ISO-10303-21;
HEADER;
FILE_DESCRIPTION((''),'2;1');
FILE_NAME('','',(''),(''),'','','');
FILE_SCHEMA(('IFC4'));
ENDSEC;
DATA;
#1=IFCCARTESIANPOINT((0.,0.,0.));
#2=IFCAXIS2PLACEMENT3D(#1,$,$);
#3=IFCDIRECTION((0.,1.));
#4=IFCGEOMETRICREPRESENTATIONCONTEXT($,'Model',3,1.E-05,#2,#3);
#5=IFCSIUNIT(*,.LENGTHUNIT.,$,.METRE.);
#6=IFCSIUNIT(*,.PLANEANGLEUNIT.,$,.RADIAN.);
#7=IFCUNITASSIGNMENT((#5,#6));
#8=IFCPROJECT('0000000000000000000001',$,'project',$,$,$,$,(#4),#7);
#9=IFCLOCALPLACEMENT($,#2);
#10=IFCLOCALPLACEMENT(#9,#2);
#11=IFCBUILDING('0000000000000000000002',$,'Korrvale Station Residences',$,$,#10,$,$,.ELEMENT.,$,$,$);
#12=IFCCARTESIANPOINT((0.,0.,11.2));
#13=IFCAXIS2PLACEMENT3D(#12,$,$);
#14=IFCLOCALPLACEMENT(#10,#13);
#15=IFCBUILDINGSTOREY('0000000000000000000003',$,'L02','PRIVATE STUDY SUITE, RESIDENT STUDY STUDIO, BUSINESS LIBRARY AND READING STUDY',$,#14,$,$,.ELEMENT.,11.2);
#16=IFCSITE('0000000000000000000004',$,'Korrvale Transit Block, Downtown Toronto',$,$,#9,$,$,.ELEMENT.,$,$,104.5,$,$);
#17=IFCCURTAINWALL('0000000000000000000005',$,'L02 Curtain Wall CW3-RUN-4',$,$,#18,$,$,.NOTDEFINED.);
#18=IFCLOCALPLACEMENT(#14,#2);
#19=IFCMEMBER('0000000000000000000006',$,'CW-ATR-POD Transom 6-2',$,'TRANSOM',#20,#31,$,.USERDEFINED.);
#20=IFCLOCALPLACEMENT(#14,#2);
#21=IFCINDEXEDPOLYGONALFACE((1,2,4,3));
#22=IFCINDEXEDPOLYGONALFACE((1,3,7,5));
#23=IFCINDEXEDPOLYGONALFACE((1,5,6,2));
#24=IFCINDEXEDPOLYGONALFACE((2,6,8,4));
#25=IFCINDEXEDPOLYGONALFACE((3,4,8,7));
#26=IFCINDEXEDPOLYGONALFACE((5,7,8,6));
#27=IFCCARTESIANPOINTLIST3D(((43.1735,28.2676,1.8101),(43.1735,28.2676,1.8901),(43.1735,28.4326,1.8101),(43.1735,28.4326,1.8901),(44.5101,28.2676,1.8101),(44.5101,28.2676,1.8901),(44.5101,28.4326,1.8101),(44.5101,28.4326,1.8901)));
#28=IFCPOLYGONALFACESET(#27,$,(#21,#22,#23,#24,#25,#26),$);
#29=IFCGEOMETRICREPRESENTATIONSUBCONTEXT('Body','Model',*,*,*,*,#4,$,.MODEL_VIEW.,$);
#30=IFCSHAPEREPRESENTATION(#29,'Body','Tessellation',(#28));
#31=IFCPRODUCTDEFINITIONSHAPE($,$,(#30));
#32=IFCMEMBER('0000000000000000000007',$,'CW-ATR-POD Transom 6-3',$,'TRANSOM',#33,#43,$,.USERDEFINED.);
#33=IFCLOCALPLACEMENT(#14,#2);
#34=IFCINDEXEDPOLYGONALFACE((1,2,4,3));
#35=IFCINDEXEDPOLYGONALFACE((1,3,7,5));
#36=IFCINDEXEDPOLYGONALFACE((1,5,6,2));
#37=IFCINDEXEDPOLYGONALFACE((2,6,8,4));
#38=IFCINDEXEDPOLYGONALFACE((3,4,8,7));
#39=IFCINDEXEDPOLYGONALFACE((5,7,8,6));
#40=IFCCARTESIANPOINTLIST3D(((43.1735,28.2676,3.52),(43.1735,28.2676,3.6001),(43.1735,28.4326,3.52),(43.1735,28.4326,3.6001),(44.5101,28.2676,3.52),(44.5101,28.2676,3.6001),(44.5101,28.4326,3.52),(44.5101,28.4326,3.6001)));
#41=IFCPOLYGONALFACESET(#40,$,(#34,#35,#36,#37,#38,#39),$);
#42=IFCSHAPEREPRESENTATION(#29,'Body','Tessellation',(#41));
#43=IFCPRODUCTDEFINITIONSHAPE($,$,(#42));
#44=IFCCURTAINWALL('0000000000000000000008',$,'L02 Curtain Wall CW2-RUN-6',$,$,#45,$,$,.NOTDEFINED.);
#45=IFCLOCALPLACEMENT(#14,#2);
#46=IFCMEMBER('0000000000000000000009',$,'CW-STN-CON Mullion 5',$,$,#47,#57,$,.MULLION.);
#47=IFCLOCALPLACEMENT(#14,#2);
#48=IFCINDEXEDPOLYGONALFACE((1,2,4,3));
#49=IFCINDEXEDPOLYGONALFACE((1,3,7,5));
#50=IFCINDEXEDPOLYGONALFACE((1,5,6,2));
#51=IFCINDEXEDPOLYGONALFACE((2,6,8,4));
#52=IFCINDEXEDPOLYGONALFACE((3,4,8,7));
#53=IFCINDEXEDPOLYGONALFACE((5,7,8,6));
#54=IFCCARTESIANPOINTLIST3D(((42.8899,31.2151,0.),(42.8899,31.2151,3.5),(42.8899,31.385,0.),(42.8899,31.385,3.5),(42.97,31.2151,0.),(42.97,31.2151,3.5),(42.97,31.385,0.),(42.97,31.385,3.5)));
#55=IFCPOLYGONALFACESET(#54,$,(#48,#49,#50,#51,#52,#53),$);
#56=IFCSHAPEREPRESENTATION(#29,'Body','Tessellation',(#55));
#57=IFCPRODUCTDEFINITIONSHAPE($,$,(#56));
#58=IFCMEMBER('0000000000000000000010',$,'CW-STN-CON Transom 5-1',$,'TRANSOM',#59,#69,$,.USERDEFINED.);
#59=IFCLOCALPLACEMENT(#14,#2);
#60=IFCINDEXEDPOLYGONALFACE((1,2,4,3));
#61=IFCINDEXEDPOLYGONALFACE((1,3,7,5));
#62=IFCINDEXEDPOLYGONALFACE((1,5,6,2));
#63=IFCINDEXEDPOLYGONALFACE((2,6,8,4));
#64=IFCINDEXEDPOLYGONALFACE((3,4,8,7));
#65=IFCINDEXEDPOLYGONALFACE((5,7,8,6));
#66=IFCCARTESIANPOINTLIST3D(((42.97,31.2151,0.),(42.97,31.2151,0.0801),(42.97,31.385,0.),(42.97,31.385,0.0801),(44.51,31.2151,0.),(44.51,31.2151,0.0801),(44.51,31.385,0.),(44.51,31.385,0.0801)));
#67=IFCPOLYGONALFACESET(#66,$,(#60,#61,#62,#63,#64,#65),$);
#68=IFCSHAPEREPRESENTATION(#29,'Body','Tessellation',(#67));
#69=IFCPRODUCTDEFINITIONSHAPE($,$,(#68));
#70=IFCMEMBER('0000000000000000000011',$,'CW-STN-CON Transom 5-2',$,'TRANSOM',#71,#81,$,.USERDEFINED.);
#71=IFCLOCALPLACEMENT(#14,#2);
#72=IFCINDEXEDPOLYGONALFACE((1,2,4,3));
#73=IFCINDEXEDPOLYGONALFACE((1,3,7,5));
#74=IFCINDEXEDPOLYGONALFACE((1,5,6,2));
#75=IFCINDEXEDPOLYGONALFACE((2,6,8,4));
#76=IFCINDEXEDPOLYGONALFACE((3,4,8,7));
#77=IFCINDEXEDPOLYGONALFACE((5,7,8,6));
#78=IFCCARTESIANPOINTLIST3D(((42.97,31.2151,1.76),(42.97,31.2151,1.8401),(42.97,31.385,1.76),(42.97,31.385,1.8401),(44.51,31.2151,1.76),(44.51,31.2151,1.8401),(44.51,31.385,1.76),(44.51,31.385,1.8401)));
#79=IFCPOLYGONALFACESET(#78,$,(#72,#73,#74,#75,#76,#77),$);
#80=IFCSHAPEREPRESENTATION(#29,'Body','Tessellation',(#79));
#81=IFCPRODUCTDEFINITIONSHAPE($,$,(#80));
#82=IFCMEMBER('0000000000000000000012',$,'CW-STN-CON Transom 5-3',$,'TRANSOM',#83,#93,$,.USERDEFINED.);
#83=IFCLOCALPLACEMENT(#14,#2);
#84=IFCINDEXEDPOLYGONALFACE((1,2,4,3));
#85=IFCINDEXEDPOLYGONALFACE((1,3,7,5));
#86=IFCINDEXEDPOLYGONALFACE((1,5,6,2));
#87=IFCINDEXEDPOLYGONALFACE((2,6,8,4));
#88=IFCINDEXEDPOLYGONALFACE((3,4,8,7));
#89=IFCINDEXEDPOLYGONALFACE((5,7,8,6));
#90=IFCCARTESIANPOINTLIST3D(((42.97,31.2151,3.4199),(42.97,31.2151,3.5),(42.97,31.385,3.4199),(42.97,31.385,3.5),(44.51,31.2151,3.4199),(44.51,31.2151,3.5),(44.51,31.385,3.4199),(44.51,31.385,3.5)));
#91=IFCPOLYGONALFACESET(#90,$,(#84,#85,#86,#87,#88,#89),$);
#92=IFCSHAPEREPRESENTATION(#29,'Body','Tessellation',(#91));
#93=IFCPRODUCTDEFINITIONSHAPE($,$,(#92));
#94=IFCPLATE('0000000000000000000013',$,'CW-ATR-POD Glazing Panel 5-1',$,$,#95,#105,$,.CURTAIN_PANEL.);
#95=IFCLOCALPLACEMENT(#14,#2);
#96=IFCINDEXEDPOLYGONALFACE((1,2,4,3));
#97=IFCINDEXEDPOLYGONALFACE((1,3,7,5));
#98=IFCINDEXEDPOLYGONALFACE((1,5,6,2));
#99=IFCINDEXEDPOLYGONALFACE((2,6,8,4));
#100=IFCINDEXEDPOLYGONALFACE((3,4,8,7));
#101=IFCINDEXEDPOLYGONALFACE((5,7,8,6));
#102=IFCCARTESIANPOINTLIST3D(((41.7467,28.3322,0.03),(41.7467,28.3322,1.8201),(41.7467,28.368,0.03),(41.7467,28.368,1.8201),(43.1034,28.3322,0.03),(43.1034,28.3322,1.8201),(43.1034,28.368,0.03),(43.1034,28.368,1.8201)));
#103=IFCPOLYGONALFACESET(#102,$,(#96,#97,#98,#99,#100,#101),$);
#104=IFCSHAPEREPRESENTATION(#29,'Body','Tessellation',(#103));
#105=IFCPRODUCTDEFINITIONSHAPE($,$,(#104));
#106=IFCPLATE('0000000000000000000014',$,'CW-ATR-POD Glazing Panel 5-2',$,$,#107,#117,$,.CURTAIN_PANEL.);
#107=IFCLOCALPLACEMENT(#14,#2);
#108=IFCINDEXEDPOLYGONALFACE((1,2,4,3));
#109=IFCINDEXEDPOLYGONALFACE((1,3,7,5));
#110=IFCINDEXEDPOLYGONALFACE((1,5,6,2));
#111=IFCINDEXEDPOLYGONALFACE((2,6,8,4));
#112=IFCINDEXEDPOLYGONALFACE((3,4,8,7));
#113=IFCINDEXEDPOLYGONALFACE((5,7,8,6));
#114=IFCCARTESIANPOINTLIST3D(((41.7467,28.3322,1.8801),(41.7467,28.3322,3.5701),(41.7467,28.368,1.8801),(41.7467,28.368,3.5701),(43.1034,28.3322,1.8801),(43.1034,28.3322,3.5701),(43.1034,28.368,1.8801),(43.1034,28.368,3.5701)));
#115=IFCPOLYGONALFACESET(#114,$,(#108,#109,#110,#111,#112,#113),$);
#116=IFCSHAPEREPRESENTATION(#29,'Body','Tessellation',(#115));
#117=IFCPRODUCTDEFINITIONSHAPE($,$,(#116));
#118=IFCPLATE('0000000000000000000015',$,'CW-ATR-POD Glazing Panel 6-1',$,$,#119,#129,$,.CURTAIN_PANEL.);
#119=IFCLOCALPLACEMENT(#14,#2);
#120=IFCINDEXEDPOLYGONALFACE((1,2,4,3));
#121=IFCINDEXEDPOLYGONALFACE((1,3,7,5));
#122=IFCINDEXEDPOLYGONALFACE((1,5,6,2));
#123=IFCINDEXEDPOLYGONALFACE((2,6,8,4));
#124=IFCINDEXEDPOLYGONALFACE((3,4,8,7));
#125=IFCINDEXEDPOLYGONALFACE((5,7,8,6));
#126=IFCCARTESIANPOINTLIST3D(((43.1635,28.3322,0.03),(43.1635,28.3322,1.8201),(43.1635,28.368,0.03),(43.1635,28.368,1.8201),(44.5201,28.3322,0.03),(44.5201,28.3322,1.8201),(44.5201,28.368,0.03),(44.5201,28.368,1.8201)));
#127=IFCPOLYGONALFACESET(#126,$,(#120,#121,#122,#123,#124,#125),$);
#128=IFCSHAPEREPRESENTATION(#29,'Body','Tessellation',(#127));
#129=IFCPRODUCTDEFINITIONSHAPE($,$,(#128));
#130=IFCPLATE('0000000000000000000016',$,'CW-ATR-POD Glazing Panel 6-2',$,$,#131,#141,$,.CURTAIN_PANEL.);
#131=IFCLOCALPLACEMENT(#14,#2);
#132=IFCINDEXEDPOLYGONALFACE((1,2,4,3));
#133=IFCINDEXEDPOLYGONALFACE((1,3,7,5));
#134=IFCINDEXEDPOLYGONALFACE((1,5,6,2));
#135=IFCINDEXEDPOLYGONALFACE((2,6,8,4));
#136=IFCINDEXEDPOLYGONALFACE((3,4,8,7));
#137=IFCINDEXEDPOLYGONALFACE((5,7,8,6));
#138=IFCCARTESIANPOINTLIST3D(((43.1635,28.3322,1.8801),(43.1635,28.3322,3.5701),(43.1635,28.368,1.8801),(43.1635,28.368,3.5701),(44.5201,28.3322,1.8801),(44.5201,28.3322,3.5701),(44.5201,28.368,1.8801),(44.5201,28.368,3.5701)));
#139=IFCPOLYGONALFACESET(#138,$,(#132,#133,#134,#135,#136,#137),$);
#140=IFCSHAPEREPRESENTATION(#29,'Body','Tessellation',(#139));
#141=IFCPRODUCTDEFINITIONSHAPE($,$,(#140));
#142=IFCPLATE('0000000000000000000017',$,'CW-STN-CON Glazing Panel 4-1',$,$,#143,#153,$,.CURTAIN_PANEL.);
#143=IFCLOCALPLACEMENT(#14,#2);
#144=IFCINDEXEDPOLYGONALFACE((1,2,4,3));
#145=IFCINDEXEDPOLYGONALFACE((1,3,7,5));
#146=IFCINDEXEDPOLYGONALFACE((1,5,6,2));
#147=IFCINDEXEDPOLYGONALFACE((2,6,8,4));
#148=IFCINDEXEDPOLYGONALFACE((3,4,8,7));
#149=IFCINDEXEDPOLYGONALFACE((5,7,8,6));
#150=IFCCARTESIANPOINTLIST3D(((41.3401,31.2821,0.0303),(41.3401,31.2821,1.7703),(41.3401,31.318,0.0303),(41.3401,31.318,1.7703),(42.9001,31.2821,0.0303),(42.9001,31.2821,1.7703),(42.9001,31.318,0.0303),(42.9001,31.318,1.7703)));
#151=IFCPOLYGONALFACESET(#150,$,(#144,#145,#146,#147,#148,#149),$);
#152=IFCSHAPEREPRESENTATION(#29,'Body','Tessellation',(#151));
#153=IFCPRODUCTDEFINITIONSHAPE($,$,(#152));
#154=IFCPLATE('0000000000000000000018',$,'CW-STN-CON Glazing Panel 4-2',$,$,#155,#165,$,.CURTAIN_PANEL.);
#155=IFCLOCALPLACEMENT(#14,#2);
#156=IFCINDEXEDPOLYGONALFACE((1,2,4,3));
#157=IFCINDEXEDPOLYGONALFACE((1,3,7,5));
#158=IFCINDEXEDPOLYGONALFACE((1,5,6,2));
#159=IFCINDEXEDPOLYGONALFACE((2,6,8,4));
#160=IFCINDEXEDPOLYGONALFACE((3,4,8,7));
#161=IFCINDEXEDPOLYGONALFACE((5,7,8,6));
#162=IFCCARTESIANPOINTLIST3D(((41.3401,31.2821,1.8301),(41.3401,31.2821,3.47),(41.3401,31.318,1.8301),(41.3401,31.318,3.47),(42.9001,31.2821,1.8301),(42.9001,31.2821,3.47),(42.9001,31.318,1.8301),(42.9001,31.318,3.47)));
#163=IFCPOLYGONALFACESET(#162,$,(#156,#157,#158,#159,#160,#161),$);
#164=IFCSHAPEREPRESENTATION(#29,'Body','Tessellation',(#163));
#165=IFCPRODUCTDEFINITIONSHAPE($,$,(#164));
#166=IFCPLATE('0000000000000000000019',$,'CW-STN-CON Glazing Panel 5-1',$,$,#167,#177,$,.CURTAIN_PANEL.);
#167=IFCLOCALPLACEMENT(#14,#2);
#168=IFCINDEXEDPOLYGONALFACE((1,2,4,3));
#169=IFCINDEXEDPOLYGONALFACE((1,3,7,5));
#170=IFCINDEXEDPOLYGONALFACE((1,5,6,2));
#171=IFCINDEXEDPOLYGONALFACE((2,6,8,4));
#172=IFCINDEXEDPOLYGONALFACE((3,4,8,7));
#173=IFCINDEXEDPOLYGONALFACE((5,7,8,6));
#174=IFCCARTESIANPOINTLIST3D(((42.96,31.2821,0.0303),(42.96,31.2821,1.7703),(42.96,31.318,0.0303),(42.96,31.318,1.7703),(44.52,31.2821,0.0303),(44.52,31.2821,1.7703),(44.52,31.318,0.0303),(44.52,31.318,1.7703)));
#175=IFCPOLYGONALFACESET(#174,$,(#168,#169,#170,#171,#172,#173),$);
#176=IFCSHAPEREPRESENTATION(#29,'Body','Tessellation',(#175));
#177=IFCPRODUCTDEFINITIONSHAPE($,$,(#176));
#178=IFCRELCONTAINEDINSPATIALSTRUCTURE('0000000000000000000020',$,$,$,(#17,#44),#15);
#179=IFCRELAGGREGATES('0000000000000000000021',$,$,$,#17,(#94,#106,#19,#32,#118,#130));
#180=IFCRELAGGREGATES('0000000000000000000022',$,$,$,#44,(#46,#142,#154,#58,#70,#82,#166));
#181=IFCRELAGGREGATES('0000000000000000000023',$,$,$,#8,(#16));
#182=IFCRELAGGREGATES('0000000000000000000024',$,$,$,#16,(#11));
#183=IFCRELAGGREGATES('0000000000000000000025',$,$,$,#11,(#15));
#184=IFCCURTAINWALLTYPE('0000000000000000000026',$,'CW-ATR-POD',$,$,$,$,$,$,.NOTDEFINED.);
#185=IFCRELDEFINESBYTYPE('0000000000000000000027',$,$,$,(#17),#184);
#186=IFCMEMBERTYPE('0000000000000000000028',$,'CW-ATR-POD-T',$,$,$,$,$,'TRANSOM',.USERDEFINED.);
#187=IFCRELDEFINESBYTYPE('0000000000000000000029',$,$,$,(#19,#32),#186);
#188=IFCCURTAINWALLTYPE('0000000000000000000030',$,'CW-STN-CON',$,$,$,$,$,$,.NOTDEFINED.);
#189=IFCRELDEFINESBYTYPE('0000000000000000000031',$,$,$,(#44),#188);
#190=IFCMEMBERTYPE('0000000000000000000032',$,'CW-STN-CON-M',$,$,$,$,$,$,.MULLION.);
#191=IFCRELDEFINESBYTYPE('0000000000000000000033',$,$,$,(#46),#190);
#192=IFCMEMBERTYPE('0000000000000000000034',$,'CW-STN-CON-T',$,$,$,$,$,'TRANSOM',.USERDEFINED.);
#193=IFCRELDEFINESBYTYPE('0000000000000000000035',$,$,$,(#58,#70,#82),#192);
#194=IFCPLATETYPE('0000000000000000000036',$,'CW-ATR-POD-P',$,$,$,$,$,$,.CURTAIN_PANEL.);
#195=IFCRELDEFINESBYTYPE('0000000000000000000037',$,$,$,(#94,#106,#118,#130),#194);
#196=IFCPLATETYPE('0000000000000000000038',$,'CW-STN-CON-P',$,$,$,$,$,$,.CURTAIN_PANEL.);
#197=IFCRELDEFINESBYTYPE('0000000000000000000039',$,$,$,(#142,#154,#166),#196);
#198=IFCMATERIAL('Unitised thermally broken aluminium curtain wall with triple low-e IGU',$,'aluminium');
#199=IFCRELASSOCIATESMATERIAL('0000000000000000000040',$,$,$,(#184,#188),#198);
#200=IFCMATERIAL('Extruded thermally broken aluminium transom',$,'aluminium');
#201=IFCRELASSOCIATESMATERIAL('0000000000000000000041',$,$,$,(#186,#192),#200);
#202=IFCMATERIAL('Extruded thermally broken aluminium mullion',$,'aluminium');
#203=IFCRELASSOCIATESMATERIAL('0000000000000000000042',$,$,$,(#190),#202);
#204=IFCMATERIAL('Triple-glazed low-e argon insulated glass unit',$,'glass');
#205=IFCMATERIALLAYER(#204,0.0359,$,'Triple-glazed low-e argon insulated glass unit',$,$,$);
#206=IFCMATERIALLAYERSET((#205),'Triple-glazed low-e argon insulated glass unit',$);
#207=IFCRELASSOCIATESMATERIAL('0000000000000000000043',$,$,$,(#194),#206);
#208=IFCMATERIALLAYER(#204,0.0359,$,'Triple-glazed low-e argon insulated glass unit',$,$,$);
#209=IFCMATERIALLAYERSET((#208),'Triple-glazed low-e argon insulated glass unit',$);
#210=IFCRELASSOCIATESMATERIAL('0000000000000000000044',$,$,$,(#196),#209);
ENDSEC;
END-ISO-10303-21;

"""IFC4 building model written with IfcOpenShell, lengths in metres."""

from ifc_helpers import new_model, si_unit, direction, frame, origin, origin_2d, place, context, subcontext, project, spatial, rectangle, extrude, material, layer, layer_set, type_object, element, aggregate, save


model = new_model("IFC4")

# Units and contexts
model_context = context("Model", 3, precision=1e-05, world=origin(), true_north=direction((0.0, 1.0)))
body_context = subcontext(model_context, "Body", "Model", "MODEL_VIEW")
ifc_project = project(units=[si_unit("LENGTHUNIT", "METRE"), si_unit("PLANEANGLEUNIT", "RADIAN")], contexts=[model_context])

# Site, building, storey
site_placement = place(None, origin())
site = spatial("IfcSite", under=ifc_project, at=site_placement, Name="Korrvale Transit Block, Downtown Toronto", CompositionType="ELEMENT", RefElevation=104.5)
building_placement = place(site_placement, origin())
building = spatial("IfcBuilding", under=site, at=building_placement, Name="Korrvale Station Residences", CompositionType="ELEMENT")
storey_placement = place(building_placement, frame((0.0, 0.0, 11.2)))
storey = spatial("IfcBuildingStorey", under=building, at=storey_placement, Name="L02", Description="PRIVATE STUDY SUITE, RESIDENT STUDY STUDIO, BUSINESS LIBRARY AND READING STUDY", CompositionType="ELEMENT", Elevation=11.2)

# Curtain walls, members
ifc_material_1 = material(Name="Unitised thermally broken aluminium curtain wall with triple low-e IGU", Category="aluminium")
curtain_wall_type_1 = type_object("IfcCurtainWallType", Name="CW-ATR-POD", PredefinedType="NOTDEFINED", material=ifc_material_1)
curtain_wall_1_placement = place(storey_placement, origin())
curtain_wall_1 = element("IfcCurtainWall", 1, at=curtain_wall_1_placement, inside=storey, type_object=curtain_wall_type_1, Name="L02 Curtain Wall CW3-RUN-4", PredefinedType="NOTDEFINED")
ifc_material_2 = material(Name="Extruded thermally broken aluminium mullion", Category="aluminium")
ifc_material_3 = material(Name="Extruded thermally broken aluminium transom", Category="aluminium")
member_type_1 = type_object("IfcMemberType", Name="CW-ATR-POD-T", ElementType="TRANSOM", PredefinedType="USERDEFINED", material=ifc_material_3)
member_1_placement = place(storey_placement, frame((43.8418, 28.3501, 1.8101), z_axis=(0.0, 0.0, 1.0), x_axis=(1.0, 0.0, 0.0)))
member_1 = element("IfcMember", 2, at=member_1_placement, type_object=member_type_1, Name="CW-ATR-POD Transom 6-2", ObjectType="TRANSOM", PredefinedType="USERDEFINED", context=body_context, shape_type="SweptSolid", body=[
    extrude(rectangle(XDim=1.3367, YDim=0.165, at=origin_2d()), origin(), (0.0, 0.0, 1.0), 0.0801),
])
member_2_placement = place(storey_placement, frame((43.8418, 28.3501, 3.52), z_axis=(0.0, 0.0, 1.0), x_axis=(1.0, 0.0, 0.0)))
member_2 = element("IfcMember", 3, at=member_2_placement, type_object=member_type_1, Name="CW-ATR-POD Transom 6-3", ObjectType="TRANSOM", PredefinedType="USERDEFINED", context=body_context, shape_type="SweptSolid", body=[
    extrude(rectangle(XDim=1.3367, YDim=0.165, at=origin_2d()), origin(), (0.0, 0.0, 1.0), 0.0801),
])
curtain_wall_type_2 = type_object("IfcCurtainWallType", Name="CW-STN-CON", PredefinedType="NOTDEFINED", material=ifc_material_1)
curtain_wall_2_placement = place(storey_placement, origin())
curtain_wall_2 = element("IfcCurtainWall", 4, at=curtain_wall_2_placement, inside=storey, type_object=curtain_wall_type_2, Name="L02 Curtain Wall CW2-RUN-6", PredefinedType="NOTDEFINED")
member_type_2 = type_object("IfcMemberType", Name="CW-STN-CON-M", PredefinedType="MULLION", material=ifc_material_2)
member_3_placement = place(storey_placement, frame((42.9299, 31.3, 0.0), z_axis=(0.0, 0.0, 1.0), x_axis=(1.0, 0.0, 0.0)))
member_3 = element("IfcMember", 5, at=member_3_placement, type_object=member_type_2, Name="CW-STN-CON Mullion 5", PredefinedType="MULLION", context=body_context, shape_type="SweptSolid", body=[
    extrude(rectangle(XDim=0.0801, YDim=0.1699, at=origin_2d()), origin(), (0.0, 0.0, 1.0), 3.5),
])
member_type_3 = type_object("IfcMemberType", Name="CW-STN-CON-T", ElementType="TRANSOM", PredefinedType="USERDEFINED", material=ifc_material_3)
member_4_placement = place(storey_placement, frame((43.74, 31.3, 0.0), z_axis=(0.0, 0.0, 1.0), x_axis=(1.0, 0.0, 0.0)))
member_4 = element("IfcMember", 6, at=member_4_placement, type_object=member_type_3, Name="CW-STN-CON Transom 5-1", ObjectType="TRANSOM", PredefinedType="USERDEFINED", context=body_context, shape_type="SweptSolid", body=[
    extrude(rectangle(XDim=1.54, YDim=0.1699, at=origin_2d()), origin(), (0.0, 0.0, 1.0), 0.0801),
])
member_5_placement = place(storey_placement, frame((43.74, 31.3, 1.76), z_axis=(0.0, 0.0, 1.0), x_axis=(1.0, 0.0, 0.0)))
member_5 = element("IfcMember", 7, at=member_5_placement, type_object=member_type_3, Name="CW-STN-CON Transom 5-2", ObjectType="TRANSOM", PredefinedType="USERDEFINED", context=body_context, shape_type="SweptSolid", body=[
    extrude(rectangle(XDim=1.54, YDim=0.1699, at=origin_2d()), origin(), (0.0, 0.0, 1.0), 0.0801),
])
member_6_placement = place(storey_placement, frame((43.74, 31.3, 3.4199), z_axis=(0.0, 0.0, 1.0), x_axis=(1.0, 0.0, 0.0)))
member_6 = element("IfcMember", 8, at=member_6_placement, type_object=member_type_3, Name="CW-STN-CON Transom 5-3", ObjectType="TRANSOM", PredefinedType="USERDEFINED", context=body_context, shape_type="SweptSolid", body=[
    extrude(rectangle(XDim=1.54, YDim=0.1699, at=origin_2d()), origin(), (0.0, 0.0, 1.0), 0.0801),
])

# Plates
ifc_material_4 = material(Name="Triple-glazed low-e argon insulated glass unit", Category="glass")
ifc_layer_1 = layer(ifc_material_4, 0.0359, Name="Triple-glazed low-e argon insulated glass unit")
ifc_layer_set_1 = layer_set([ifc_layer_1], Name="Triple-glazed low-e argon insulated glass unit")
plate_type_1 = type_object("IfcPlateType", Name="CW-ATR-POD-P", PredefinedType="CURTAIN_PANEL", material=ifc_layer_set_1)
plate_1_placement = place(storey_placement, frame((42.425, 28.3501, 0.03), z_axis=(0.0, 0.0, 1.0), x_axis=(1.0, 0.0, 0.0)))
plate_1 = element("IfcPlate", 9, at=plate_1_placement, type_object=plate_type_1, Name="CW-ATR-POD Glazing Panel 5-1", PredefinedType="CURTAIN_PANEL", context=body_context, shape_type="SweptSolid", body=[
    extrude(rectangle(XDim=1.3567, YDim=0.0359, at=origin_2d()), origin(), (0.0, 0.0, 1.0), 1.79),
])
plate_2_placement = place(storey_placement, frame((42.425, 28.3501, 1.8801), z_axis=(0.0, 0.0, 1.0), x_axis=(1.0, 0.0, 0.0)))
plate_2 = element("IfcPlate", 10, at=plate_2_placement, type_object=plate_type_1, Name="CW-ATR-POD Glazing Panel 5-2", PredefinedType="CURTAIN_PANEL", context=body_context, shape_type="SweptSolid", body=[
    extrude(rectangle(XDim=1.3567, YDim=0.0359, at=origin_2d()), origin(), (0.0, 0.0, 1.0), 1.6899),
])
plate_3_placement = place(storey_placement, frame((43.8418, 28.3501, 0.03), z_axis=(0.0, 0.0, 1.0), x_axis=(1.0, 0.0, 0.0)))
plate_3 = element("IfcPlate", 11, at=plate_3_placement, type_object=plate_type_1, Name="CW-ATR-POD Glazing Panel 6-1", PredefinedType="CURTAIN_PANEL", context=body_context, shape_type="SweptSolid", body=[
    extrude(rectangle(XDim=1.3567, YDim=0.0359, at=origin_2d()), origin(), (0.0, 0.0, 1.0), 1.79),
])
plate_4_placement = place(storey_placement, frame((43.8418, 28.3501, 1.8801), z_axis=(0.0, 0.0, 1.0), x_axis=(1.0, 0.0, 0.0)))
plate_4 = element("IfcPlate", 12, at=plate_4_placement, type_object=plate_type_1, Name="CW-ATR-POD Glazing Panel 6-2", PredefinedType="CURTAIN_PANEL", context=body_context, shape_type="SweptSolid", body=[
    extrude(rectangle(XDim=1.3567, YDim=0.0359, at=origin_2d()), origin(), (0.0, 0.0, 1.0), 1.6899),
])
aggregate(curtain_wall_1, [plate_1, plate_2, member_1, member_2, plate_3, plate_4])
ifc_layer_2 = layer(ifc_material_4, 0.0359, Name="Triple-glazed low-e argon insulated glass unit")
ifc_layer_set_2 = layer_set([ifc_layer_2], Name="Triple-glazed low-e argon insulated glass unit")
plate_type_2 = type_object("IfcPlateType", Name="CW-STN-CON-P", PredefinedType="CURTAIN_PANEL", material=ifc_layer_set_2)
plate_5_placement = place(storey_placement, frame((42.1201, 31.3, 0.0303), z_axis=(0.0, 0.0, 1.0), x_axis=(1.0, 0.0, 0.0)))
plate_5 = element("IfcPlate", 13, at=plate_5_placement, type_object=plate_type_2, Name="CW-STN-CON Glazing Panel 4-1", PredefinedType="CURTAIN_PANEL", context=body_context, shape_type="SweptSolid", body=[
    extrude(rectangle(XDim=1.5601, YDim=0.0359, at=origin_2d()), origin(), (0.0, 0.0, 1.0), 1.74),
])
plate_6_placement = place(storey_placement, frame((42.1201, 31.3, 1.8301), z_axis=(0.0, 0.0, 1.0), x_axis=(1.0, 0.0, 0.0)))
plate_6 = element("IfcPlate", 14, at=plate_6_placement, type_object=plate_type_2, Name="CW-STN-CON Glazing Panel 4-2", PredefinedType="CURTAIN_PANEL", context=body_context, shape_type="SweptSolid", body=[
    extrude(rectangle(XDim=1.5601, YDim=0.0359, at=origin_2d()), origin(), (0.0, 0.0, 1.0), 1.6399),
])
plate_7_placement = place(storey_placement, frame((43.74, 31.3, 0.0303), z_axis=(0.0, 0.0, 1.0), x_axis=(1.0, 0.0, 0.0)))
plate_7 = element("IfcPlate", 15, at=plate_7_placement, type_object=plate_type_2, Name="CW-STN-CON Glazing Panel 5-1", PredefinedType="CURTAIN_PANEL", context=body_context, shape_type="SweptSolid", body=[
    extrude(rectangle(XDim=1.5601, YDim=0.0359, at=origin_2d()), origin(), (0.0, 0.0, 1.0), 1.74),
])
aggregate(curtain_wall_2, [member_3, plate_5, plate_6, member_4, member_5, member_6, plate_7])

save(model, "model.ifc")
